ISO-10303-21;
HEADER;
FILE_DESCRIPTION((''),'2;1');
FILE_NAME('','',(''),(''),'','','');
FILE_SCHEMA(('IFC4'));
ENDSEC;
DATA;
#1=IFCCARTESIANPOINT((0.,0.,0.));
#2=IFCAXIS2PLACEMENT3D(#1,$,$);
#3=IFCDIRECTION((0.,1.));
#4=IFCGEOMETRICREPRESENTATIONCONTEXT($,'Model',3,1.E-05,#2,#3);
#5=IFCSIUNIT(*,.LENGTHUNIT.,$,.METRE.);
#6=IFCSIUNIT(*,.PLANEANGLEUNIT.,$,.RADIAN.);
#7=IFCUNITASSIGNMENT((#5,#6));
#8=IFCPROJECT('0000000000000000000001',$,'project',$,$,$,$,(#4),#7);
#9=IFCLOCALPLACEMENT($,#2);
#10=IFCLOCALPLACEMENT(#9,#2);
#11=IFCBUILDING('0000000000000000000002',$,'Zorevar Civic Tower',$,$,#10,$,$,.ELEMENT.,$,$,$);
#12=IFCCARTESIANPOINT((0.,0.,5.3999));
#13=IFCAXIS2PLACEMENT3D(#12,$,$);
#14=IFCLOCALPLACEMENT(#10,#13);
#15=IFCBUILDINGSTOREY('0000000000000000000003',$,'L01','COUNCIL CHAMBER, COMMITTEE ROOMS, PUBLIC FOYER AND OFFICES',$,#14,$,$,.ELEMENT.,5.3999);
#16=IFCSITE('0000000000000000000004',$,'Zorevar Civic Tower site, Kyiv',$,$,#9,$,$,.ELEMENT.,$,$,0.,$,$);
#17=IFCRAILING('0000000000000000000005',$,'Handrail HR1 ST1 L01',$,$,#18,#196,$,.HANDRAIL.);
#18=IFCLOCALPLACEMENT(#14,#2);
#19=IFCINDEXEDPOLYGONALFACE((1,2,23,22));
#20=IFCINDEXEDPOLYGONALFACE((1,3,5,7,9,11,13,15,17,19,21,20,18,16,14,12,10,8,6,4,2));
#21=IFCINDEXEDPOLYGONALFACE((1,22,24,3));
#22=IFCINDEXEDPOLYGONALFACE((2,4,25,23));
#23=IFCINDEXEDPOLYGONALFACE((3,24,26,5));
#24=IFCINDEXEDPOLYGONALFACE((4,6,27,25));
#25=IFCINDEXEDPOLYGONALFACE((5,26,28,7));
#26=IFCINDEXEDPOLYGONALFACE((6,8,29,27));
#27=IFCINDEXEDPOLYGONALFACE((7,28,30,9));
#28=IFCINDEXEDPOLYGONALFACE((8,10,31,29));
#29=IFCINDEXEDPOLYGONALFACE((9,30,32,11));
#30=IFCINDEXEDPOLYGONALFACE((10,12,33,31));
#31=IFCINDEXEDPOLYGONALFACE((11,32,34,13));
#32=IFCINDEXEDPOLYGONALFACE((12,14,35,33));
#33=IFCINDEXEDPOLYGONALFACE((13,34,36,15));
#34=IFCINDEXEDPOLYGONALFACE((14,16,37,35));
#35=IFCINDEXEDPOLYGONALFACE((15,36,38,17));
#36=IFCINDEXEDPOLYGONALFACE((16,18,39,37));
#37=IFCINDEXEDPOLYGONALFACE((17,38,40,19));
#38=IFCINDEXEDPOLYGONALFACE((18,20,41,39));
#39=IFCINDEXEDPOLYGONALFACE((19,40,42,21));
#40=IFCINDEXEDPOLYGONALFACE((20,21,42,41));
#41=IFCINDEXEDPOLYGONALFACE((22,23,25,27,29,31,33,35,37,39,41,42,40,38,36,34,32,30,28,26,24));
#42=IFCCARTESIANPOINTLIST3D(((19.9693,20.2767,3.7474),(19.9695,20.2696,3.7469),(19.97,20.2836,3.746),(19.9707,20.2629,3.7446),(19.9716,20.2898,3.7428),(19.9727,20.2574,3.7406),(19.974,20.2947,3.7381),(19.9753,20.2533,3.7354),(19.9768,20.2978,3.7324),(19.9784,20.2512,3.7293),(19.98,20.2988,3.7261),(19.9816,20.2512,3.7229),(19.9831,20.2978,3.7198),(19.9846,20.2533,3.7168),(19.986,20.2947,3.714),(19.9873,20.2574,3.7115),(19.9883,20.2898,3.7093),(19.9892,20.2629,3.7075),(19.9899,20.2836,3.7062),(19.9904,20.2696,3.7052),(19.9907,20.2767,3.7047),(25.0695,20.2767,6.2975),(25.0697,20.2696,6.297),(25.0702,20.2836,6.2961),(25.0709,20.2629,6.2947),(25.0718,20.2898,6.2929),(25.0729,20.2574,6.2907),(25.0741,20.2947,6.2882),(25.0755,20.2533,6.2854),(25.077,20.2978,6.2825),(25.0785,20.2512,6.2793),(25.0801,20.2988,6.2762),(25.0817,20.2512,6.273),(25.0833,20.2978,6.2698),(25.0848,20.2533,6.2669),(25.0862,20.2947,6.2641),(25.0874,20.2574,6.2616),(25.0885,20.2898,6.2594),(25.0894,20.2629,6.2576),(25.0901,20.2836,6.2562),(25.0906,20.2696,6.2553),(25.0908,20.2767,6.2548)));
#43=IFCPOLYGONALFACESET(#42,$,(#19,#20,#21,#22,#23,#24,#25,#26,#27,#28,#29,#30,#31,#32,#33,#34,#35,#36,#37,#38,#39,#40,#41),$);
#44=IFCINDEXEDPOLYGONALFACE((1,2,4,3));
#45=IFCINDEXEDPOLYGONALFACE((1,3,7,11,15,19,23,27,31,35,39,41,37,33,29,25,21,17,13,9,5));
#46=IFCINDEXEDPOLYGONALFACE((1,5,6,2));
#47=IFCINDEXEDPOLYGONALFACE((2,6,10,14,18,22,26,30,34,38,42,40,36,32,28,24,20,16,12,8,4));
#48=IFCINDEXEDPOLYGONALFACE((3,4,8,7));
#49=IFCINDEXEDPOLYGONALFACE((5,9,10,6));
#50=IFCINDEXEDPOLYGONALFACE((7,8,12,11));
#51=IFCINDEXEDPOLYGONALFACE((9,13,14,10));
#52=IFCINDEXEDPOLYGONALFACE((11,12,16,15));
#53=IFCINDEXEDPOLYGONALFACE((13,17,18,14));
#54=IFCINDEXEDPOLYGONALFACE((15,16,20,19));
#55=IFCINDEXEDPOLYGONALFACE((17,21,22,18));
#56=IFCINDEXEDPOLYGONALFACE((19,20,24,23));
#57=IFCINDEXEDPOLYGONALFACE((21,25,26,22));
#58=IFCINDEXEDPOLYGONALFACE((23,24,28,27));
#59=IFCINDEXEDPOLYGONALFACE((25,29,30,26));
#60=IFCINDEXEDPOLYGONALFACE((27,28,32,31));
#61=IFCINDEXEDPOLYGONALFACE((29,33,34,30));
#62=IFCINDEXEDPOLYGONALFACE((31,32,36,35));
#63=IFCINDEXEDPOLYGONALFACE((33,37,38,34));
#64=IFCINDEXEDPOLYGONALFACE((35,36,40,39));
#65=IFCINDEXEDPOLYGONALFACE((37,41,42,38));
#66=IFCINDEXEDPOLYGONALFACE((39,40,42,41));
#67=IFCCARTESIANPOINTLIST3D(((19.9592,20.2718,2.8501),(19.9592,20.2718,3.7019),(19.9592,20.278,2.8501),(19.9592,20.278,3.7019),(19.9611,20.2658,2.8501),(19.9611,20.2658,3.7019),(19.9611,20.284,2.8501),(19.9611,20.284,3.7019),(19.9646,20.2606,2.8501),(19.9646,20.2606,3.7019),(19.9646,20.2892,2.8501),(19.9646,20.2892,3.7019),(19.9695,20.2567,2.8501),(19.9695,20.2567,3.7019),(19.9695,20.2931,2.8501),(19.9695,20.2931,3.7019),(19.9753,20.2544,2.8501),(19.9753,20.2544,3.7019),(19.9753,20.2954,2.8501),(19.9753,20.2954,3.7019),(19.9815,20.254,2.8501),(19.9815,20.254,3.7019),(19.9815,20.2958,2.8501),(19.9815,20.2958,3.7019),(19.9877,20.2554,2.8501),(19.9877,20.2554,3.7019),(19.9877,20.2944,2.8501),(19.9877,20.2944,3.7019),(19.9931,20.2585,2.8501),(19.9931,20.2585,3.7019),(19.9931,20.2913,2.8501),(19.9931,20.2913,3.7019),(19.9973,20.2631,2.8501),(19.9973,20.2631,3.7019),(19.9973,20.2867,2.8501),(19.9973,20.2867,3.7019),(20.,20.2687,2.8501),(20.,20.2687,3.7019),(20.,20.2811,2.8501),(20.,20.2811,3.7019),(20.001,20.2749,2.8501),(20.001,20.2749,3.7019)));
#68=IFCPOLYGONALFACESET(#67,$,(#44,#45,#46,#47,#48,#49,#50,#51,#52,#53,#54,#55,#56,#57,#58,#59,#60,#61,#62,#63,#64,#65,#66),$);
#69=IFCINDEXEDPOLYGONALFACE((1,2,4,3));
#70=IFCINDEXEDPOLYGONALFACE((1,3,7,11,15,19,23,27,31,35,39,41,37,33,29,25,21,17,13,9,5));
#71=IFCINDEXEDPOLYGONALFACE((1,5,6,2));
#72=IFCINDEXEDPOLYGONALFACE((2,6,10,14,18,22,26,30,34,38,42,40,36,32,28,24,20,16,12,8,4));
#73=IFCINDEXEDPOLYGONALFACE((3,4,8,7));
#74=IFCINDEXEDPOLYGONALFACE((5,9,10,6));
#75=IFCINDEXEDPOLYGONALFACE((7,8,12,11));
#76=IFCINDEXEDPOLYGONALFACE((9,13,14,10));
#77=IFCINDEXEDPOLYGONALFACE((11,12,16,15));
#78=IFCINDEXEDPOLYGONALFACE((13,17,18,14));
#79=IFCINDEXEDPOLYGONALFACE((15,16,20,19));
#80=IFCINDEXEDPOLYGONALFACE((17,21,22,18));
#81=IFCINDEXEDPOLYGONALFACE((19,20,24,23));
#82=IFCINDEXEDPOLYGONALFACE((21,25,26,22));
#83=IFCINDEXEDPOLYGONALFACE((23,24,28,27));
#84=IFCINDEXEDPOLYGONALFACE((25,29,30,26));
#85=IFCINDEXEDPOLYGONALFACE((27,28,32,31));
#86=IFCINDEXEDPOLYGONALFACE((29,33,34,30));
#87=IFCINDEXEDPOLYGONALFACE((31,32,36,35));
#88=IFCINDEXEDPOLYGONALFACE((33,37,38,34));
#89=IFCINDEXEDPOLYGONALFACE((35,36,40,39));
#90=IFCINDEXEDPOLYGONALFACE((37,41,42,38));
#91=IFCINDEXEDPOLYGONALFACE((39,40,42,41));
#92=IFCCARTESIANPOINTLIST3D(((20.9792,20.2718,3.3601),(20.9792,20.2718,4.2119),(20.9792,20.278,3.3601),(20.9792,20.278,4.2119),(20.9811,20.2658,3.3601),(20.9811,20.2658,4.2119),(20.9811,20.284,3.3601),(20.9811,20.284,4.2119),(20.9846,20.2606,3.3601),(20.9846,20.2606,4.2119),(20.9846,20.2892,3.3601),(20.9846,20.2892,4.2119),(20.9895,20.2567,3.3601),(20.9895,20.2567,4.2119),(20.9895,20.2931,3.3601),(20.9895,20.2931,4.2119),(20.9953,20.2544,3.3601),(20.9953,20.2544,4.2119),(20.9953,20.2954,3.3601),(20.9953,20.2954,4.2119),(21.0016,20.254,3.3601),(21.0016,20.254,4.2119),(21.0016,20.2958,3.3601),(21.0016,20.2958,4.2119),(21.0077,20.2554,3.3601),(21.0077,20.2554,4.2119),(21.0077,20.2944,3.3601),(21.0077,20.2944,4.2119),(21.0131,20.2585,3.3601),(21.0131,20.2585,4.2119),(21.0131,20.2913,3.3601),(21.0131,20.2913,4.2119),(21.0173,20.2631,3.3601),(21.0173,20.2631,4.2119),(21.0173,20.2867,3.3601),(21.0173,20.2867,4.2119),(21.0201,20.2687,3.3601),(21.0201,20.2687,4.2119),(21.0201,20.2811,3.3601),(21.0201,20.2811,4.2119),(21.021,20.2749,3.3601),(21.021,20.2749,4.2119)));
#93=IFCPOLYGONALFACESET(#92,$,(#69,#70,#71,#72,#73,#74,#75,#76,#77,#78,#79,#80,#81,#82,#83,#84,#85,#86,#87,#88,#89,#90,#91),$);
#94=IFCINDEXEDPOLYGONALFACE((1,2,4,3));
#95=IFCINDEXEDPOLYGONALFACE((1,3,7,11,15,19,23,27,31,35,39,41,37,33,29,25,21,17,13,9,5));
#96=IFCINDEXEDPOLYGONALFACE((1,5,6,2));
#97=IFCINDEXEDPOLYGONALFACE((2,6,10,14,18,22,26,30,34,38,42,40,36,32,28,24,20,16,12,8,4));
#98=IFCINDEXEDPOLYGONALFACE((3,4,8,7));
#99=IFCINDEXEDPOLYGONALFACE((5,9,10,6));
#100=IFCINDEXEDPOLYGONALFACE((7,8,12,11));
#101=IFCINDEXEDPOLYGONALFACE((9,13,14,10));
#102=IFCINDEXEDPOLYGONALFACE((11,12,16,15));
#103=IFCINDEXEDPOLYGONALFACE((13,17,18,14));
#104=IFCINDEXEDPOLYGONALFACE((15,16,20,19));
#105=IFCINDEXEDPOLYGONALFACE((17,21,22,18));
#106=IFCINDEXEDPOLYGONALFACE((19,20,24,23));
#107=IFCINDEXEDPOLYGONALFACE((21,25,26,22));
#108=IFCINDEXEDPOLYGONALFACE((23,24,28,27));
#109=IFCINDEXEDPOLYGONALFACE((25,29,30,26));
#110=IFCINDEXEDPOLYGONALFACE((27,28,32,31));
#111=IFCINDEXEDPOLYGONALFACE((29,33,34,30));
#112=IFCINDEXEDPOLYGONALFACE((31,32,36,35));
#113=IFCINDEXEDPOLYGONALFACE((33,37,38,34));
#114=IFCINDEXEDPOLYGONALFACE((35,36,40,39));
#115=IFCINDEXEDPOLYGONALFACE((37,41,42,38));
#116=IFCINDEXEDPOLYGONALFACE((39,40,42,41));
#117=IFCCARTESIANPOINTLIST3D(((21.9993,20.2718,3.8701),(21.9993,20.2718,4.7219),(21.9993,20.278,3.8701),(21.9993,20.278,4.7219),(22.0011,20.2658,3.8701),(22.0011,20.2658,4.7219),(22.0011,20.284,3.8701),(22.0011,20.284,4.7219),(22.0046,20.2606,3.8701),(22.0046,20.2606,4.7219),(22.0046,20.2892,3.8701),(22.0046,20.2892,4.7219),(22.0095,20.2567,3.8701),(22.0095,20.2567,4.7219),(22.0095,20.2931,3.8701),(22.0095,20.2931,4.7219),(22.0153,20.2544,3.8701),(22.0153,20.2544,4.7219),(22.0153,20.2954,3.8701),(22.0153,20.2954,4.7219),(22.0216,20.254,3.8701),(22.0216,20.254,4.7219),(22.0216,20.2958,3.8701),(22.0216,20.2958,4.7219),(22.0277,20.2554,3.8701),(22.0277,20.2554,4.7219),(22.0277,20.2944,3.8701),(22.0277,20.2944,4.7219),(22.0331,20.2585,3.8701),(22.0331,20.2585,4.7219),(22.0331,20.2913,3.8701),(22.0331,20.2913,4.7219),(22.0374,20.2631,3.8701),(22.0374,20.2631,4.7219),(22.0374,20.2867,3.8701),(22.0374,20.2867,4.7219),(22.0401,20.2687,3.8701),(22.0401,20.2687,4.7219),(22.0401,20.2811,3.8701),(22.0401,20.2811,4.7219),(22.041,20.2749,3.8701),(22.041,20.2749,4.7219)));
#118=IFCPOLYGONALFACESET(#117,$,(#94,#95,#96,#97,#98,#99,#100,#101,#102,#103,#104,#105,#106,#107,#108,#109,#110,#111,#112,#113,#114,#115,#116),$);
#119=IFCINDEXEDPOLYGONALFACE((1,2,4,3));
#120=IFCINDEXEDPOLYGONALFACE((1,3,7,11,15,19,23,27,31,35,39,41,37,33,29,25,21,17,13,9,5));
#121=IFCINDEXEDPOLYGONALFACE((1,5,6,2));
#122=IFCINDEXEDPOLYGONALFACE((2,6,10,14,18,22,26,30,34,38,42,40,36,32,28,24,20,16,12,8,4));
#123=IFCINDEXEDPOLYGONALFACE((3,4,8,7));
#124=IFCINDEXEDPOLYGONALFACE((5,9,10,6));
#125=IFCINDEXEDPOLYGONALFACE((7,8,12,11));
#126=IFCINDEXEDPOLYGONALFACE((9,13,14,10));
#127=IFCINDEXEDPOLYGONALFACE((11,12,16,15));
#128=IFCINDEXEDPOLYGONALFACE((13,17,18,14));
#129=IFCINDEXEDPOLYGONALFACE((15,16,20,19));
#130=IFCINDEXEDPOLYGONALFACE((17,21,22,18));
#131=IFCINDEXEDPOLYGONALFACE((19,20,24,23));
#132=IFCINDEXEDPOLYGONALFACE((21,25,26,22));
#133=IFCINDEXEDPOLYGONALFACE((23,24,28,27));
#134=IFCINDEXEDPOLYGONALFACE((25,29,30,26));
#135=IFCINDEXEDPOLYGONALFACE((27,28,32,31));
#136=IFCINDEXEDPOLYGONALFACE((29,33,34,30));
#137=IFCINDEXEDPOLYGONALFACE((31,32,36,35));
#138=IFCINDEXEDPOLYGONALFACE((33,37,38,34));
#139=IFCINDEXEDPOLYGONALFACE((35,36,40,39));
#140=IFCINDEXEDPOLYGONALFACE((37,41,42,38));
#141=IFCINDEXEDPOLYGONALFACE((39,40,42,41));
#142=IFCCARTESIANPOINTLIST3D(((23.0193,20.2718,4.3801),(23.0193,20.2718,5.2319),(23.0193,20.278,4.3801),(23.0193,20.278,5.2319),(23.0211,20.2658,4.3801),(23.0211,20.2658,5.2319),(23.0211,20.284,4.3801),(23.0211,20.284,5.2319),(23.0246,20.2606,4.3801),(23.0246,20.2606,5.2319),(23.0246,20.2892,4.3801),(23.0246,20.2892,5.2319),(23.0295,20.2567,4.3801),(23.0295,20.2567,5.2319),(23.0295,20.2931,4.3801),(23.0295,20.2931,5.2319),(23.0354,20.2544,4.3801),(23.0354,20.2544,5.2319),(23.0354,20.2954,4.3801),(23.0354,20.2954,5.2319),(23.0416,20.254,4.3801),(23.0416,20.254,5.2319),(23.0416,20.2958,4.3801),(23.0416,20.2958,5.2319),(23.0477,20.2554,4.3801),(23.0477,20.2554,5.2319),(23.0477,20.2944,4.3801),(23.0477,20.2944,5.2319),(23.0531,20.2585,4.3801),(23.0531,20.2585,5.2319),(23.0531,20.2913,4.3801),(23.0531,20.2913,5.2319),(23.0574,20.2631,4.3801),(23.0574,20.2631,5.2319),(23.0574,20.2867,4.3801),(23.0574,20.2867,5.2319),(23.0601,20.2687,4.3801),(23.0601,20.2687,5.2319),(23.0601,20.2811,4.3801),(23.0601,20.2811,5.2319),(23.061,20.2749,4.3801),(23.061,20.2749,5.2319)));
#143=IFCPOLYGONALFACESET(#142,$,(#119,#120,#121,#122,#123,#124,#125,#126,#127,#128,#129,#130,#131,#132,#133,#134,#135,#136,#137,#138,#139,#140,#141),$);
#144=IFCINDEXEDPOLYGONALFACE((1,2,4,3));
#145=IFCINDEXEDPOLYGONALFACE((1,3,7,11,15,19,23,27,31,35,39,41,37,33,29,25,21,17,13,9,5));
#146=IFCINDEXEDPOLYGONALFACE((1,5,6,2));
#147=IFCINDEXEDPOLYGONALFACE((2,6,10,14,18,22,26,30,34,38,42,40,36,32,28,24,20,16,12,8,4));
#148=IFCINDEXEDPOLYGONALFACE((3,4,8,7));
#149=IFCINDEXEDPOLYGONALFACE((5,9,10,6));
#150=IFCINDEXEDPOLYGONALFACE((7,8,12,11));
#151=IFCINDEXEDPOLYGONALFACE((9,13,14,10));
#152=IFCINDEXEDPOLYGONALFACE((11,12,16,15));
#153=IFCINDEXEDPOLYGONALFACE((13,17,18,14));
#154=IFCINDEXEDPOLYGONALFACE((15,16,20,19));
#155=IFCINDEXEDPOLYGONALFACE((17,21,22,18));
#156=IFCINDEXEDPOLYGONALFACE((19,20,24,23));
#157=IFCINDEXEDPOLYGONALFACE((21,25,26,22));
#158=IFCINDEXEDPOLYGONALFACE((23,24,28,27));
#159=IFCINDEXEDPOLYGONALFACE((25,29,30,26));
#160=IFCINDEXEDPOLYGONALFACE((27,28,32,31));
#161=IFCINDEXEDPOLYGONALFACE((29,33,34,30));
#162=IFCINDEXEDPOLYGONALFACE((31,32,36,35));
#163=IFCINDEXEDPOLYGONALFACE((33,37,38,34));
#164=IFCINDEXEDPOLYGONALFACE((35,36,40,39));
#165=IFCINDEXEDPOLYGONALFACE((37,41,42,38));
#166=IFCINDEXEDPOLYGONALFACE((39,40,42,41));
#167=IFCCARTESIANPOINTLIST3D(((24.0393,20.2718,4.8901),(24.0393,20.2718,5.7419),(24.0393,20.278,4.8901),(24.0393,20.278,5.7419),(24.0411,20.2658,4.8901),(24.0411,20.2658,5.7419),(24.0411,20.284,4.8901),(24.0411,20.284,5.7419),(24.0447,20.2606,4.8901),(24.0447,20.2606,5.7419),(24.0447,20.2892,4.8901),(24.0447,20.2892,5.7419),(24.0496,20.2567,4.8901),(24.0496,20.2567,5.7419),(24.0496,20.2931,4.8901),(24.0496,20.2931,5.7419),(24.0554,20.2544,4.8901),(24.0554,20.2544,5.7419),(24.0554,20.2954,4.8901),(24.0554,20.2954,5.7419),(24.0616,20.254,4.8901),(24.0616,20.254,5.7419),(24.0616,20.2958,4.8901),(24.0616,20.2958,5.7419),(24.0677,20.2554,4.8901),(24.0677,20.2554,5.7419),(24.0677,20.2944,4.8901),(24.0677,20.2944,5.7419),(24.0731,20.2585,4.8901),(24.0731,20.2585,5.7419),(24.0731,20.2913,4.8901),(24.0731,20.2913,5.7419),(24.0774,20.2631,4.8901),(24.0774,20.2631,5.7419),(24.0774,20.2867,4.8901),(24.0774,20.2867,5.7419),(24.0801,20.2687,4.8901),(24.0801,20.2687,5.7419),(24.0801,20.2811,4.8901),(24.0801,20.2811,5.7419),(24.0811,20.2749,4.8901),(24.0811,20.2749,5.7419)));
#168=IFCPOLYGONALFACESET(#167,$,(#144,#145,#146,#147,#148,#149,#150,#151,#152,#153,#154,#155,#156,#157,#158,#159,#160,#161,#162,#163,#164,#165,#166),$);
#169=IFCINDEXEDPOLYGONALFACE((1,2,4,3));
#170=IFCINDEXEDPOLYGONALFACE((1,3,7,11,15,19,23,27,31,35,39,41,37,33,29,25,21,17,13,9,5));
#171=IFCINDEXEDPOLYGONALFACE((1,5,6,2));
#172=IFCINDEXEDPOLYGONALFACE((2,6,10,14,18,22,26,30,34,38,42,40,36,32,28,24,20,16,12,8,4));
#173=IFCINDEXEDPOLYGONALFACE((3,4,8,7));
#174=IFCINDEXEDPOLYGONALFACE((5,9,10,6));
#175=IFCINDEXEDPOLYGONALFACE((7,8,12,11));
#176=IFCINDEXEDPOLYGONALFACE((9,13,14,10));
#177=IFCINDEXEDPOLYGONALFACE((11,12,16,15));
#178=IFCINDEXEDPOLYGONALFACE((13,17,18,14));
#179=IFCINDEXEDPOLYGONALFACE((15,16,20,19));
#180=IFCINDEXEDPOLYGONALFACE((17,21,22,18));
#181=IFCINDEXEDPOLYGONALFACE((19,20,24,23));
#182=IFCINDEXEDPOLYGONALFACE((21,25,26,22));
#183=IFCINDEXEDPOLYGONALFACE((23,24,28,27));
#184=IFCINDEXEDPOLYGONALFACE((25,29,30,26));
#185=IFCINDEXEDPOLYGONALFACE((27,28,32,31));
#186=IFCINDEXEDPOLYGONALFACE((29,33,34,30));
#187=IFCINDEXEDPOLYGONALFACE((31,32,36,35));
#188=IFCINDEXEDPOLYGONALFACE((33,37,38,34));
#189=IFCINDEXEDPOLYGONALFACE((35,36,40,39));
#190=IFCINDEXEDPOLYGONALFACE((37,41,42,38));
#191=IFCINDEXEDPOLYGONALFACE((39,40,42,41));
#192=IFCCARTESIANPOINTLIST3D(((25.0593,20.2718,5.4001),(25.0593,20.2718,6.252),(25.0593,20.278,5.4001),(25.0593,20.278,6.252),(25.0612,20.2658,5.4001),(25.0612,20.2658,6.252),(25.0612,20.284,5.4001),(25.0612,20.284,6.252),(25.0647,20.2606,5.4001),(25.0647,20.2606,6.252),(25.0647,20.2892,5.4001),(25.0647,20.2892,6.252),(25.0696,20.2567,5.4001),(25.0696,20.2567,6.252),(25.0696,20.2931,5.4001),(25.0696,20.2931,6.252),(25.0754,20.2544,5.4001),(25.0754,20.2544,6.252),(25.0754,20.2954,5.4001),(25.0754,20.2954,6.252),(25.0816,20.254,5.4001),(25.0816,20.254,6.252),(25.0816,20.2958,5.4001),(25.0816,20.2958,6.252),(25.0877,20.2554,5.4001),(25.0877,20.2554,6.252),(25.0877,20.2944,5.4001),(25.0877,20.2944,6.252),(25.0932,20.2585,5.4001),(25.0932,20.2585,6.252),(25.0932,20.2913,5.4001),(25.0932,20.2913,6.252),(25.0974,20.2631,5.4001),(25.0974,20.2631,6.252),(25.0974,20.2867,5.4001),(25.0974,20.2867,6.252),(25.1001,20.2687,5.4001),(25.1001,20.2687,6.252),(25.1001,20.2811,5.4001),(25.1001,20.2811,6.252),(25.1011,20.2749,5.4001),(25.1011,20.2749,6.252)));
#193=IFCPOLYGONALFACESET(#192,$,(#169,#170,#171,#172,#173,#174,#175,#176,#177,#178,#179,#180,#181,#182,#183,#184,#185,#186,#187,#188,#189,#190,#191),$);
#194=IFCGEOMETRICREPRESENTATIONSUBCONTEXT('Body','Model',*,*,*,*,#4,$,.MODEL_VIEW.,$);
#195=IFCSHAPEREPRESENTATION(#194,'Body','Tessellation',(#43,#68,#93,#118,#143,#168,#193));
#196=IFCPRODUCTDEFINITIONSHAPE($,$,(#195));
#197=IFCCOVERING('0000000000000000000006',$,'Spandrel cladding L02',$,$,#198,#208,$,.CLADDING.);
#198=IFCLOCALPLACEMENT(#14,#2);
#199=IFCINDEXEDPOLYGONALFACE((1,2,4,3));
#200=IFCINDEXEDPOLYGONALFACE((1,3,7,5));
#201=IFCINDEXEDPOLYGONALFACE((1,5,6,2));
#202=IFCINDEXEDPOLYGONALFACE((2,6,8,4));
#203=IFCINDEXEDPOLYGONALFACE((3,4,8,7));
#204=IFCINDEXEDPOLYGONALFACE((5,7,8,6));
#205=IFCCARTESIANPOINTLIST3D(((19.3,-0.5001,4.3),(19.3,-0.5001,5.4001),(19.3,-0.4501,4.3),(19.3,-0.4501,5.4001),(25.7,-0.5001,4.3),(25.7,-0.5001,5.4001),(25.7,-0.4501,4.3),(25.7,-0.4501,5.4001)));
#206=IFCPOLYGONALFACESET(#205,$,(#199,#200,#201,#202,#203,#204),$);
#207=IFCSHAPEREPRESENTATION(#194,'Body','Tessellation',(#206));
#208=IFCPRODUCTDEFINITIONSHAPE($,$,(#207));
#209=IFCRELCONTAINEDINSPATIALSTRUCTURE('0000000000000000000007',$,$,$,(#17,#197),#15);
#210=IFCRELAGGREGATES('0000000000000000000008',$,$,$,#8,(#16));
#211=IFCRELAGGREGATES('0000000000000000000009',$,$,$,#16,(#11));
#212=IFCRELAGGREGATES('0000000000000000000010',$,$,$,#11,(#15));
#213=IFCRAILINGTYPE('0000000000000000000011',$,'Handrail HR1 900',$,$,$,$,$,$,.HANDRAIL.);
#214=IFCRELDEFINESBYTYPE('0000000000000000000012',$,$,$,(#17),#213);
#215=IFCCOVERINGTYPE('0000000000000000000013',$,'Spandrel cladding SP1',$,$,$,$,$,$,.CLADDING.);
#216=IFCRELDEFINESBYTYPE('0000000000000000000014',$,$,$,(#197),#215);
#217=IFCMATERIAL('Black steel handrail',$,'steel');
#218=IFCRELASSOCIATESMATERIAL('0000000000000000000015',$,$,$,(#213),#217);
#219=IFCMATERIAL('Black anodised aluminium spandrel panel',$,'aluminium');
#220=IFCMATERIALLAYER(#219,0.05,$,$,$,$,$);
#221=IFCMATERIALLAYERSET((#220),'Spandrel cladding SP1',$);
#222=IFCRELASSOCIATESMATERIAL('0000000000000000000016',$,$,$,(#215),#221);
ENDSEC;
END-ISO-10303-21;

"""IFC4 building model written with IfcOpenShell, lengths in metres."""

from ifc_helpers import new_model, si_unit, direction, frame, frame_2d, origin, origin_2d, place, context, subcontext, project, spatial, rectangle, circle, extrude, material, layer, layer_set, type_object, element, save


model = new_model("IFC4")

# Units and contexts
model_context = context("Model", 3, precision=1e-05, world=origin(), true_north=direction((0.0, 1.0)))
body_context = subcontext(model_context, "Body", "Model", "MODEL_VIEW")
ifc_project = project(units=[si_unit("LENGTHUNIT", "METRE"), si_unit("PLANEANGLEUNIT", "RADIAN")], contexts=[model_context])

# Site, building, storey
site_placement = place(None, origin())
site = spatial("IfcSite", under=ifc_project, at=site_placement, Name="Zorevar Civic Tower site, Kyiv", CompositionType="ELEMENT", RefElevation=0.0)
building_placement = place(site_placement, origin())
building = spatial("IfcBuilding", under=site, at=building_placement, Name="Zorevar Civic Tower", CompositionType="ELEMENT")
storey_placement = place(building_placement, frame((0.0, 0.0, 5.3999)))
storey = spatial("IfcBuildingStorey", under=building, at=storey_placement, Name="L01", Description="COUNCIL CHAMBER, COMMITTEE ROOMS, PUBLIC FOYER AND OFFICES", CompositionType="ELEMENT", Elevation=5.3999)

# Railing
ifc_material_1 = material(Name="Black steel handrail", Category="steel")
railing_type = type_object("IfcRailingType", Name="Handrail HR1 900", PredefinedType="HANDRAIL", material=ifc_material_1)
railing_1_placement = place(storey_placement, frame((19.98, 20.2749, 2.8501)))
element("IfcRailing", 1, at=railing_1_placement, inside=storey, type_object=railing_type, Name="Handrail HR1 ST1 L01", PredefinedType="HANDRAIL", context=body_context, shape_type="SweptSolid", body=[
    extrude(circle(Radius=0.0239, at=origin_2d()), frame((0.0, 0.0, 0.876), z_axis=(0.894427, 0.0, 0.447214), x_axis=(0.0, 1.0, 0.0)), (0.0, 0.0, 1.0), 5.7021),
    extrude(circle(Radius=0.021, at=origin_2d()), origin(), (0.0, 0.0, 1.0), 0.8518),
    extrude(circle(Radius=0.021, at=origin_2d()), frame((1.02, 0.0, 0.51)), (0.0, 0.0, 1.0), 0.8518),
    extrude(circle(Radius=0.021, at=origin_2d()), frame((2.04, 0.0, 1.02)), (0.0, 0.0, 1.0), 0.8518),
    extrude(circle(Radius=0.021, at=origin_2d()), frame((3.0601, 0.0, 1.53)), (0.0, 0.0, 1.0), 0.8518),
    extrude(circle(Radius=0.021, at=origin_2d()), frame((4.0801, 0.0, 2.04)), (0.0, 0.0, 1.0), 0.8518),
    extrude(circle(Radius=0.021, at=origin_2d()), frame((5.1001, 0.0, 2.55)), (0.0, 0.0, 1.0), 0.8518),
])

# Covering
ifc_material_2 = material(Name="Black anodised aluminium spandrel panel", Category="aluminium")
ifc_layer_1 = layer(ifc_material_2, 0.05)
ifc_layer_set_1 = layer_set([ifc_layer_1], Name="Spandrel cladding SP1")
covering_type = type_object("IfcCoveringType", Name="Spandrel cladding SP1", PredefinedType="CLADDING", material=ifc_layer_set_1)
covering_placement = place(storey_placement, frame((19.3, -0.4751, 4.3), z_axis=(0.0, 0.0, 1.0), x_axis=(1.0, 0.0, 0.0)))
element("IfcCovering", 2, at=covering_placement, inside=storey, type_object=covering_type, Name="Spandrel cladding L02", PredefinedType="CLADDING", context=body_context, shape_type="SweptSolid", body=[
    extrude(rectangle(XDim=6.3999, YDim=0.05, at=frame_2d((3.2, 0.0))), origin(), (0.0, 0.0, 1.0), 1.1001),
])

save(model, "model.ifc")
